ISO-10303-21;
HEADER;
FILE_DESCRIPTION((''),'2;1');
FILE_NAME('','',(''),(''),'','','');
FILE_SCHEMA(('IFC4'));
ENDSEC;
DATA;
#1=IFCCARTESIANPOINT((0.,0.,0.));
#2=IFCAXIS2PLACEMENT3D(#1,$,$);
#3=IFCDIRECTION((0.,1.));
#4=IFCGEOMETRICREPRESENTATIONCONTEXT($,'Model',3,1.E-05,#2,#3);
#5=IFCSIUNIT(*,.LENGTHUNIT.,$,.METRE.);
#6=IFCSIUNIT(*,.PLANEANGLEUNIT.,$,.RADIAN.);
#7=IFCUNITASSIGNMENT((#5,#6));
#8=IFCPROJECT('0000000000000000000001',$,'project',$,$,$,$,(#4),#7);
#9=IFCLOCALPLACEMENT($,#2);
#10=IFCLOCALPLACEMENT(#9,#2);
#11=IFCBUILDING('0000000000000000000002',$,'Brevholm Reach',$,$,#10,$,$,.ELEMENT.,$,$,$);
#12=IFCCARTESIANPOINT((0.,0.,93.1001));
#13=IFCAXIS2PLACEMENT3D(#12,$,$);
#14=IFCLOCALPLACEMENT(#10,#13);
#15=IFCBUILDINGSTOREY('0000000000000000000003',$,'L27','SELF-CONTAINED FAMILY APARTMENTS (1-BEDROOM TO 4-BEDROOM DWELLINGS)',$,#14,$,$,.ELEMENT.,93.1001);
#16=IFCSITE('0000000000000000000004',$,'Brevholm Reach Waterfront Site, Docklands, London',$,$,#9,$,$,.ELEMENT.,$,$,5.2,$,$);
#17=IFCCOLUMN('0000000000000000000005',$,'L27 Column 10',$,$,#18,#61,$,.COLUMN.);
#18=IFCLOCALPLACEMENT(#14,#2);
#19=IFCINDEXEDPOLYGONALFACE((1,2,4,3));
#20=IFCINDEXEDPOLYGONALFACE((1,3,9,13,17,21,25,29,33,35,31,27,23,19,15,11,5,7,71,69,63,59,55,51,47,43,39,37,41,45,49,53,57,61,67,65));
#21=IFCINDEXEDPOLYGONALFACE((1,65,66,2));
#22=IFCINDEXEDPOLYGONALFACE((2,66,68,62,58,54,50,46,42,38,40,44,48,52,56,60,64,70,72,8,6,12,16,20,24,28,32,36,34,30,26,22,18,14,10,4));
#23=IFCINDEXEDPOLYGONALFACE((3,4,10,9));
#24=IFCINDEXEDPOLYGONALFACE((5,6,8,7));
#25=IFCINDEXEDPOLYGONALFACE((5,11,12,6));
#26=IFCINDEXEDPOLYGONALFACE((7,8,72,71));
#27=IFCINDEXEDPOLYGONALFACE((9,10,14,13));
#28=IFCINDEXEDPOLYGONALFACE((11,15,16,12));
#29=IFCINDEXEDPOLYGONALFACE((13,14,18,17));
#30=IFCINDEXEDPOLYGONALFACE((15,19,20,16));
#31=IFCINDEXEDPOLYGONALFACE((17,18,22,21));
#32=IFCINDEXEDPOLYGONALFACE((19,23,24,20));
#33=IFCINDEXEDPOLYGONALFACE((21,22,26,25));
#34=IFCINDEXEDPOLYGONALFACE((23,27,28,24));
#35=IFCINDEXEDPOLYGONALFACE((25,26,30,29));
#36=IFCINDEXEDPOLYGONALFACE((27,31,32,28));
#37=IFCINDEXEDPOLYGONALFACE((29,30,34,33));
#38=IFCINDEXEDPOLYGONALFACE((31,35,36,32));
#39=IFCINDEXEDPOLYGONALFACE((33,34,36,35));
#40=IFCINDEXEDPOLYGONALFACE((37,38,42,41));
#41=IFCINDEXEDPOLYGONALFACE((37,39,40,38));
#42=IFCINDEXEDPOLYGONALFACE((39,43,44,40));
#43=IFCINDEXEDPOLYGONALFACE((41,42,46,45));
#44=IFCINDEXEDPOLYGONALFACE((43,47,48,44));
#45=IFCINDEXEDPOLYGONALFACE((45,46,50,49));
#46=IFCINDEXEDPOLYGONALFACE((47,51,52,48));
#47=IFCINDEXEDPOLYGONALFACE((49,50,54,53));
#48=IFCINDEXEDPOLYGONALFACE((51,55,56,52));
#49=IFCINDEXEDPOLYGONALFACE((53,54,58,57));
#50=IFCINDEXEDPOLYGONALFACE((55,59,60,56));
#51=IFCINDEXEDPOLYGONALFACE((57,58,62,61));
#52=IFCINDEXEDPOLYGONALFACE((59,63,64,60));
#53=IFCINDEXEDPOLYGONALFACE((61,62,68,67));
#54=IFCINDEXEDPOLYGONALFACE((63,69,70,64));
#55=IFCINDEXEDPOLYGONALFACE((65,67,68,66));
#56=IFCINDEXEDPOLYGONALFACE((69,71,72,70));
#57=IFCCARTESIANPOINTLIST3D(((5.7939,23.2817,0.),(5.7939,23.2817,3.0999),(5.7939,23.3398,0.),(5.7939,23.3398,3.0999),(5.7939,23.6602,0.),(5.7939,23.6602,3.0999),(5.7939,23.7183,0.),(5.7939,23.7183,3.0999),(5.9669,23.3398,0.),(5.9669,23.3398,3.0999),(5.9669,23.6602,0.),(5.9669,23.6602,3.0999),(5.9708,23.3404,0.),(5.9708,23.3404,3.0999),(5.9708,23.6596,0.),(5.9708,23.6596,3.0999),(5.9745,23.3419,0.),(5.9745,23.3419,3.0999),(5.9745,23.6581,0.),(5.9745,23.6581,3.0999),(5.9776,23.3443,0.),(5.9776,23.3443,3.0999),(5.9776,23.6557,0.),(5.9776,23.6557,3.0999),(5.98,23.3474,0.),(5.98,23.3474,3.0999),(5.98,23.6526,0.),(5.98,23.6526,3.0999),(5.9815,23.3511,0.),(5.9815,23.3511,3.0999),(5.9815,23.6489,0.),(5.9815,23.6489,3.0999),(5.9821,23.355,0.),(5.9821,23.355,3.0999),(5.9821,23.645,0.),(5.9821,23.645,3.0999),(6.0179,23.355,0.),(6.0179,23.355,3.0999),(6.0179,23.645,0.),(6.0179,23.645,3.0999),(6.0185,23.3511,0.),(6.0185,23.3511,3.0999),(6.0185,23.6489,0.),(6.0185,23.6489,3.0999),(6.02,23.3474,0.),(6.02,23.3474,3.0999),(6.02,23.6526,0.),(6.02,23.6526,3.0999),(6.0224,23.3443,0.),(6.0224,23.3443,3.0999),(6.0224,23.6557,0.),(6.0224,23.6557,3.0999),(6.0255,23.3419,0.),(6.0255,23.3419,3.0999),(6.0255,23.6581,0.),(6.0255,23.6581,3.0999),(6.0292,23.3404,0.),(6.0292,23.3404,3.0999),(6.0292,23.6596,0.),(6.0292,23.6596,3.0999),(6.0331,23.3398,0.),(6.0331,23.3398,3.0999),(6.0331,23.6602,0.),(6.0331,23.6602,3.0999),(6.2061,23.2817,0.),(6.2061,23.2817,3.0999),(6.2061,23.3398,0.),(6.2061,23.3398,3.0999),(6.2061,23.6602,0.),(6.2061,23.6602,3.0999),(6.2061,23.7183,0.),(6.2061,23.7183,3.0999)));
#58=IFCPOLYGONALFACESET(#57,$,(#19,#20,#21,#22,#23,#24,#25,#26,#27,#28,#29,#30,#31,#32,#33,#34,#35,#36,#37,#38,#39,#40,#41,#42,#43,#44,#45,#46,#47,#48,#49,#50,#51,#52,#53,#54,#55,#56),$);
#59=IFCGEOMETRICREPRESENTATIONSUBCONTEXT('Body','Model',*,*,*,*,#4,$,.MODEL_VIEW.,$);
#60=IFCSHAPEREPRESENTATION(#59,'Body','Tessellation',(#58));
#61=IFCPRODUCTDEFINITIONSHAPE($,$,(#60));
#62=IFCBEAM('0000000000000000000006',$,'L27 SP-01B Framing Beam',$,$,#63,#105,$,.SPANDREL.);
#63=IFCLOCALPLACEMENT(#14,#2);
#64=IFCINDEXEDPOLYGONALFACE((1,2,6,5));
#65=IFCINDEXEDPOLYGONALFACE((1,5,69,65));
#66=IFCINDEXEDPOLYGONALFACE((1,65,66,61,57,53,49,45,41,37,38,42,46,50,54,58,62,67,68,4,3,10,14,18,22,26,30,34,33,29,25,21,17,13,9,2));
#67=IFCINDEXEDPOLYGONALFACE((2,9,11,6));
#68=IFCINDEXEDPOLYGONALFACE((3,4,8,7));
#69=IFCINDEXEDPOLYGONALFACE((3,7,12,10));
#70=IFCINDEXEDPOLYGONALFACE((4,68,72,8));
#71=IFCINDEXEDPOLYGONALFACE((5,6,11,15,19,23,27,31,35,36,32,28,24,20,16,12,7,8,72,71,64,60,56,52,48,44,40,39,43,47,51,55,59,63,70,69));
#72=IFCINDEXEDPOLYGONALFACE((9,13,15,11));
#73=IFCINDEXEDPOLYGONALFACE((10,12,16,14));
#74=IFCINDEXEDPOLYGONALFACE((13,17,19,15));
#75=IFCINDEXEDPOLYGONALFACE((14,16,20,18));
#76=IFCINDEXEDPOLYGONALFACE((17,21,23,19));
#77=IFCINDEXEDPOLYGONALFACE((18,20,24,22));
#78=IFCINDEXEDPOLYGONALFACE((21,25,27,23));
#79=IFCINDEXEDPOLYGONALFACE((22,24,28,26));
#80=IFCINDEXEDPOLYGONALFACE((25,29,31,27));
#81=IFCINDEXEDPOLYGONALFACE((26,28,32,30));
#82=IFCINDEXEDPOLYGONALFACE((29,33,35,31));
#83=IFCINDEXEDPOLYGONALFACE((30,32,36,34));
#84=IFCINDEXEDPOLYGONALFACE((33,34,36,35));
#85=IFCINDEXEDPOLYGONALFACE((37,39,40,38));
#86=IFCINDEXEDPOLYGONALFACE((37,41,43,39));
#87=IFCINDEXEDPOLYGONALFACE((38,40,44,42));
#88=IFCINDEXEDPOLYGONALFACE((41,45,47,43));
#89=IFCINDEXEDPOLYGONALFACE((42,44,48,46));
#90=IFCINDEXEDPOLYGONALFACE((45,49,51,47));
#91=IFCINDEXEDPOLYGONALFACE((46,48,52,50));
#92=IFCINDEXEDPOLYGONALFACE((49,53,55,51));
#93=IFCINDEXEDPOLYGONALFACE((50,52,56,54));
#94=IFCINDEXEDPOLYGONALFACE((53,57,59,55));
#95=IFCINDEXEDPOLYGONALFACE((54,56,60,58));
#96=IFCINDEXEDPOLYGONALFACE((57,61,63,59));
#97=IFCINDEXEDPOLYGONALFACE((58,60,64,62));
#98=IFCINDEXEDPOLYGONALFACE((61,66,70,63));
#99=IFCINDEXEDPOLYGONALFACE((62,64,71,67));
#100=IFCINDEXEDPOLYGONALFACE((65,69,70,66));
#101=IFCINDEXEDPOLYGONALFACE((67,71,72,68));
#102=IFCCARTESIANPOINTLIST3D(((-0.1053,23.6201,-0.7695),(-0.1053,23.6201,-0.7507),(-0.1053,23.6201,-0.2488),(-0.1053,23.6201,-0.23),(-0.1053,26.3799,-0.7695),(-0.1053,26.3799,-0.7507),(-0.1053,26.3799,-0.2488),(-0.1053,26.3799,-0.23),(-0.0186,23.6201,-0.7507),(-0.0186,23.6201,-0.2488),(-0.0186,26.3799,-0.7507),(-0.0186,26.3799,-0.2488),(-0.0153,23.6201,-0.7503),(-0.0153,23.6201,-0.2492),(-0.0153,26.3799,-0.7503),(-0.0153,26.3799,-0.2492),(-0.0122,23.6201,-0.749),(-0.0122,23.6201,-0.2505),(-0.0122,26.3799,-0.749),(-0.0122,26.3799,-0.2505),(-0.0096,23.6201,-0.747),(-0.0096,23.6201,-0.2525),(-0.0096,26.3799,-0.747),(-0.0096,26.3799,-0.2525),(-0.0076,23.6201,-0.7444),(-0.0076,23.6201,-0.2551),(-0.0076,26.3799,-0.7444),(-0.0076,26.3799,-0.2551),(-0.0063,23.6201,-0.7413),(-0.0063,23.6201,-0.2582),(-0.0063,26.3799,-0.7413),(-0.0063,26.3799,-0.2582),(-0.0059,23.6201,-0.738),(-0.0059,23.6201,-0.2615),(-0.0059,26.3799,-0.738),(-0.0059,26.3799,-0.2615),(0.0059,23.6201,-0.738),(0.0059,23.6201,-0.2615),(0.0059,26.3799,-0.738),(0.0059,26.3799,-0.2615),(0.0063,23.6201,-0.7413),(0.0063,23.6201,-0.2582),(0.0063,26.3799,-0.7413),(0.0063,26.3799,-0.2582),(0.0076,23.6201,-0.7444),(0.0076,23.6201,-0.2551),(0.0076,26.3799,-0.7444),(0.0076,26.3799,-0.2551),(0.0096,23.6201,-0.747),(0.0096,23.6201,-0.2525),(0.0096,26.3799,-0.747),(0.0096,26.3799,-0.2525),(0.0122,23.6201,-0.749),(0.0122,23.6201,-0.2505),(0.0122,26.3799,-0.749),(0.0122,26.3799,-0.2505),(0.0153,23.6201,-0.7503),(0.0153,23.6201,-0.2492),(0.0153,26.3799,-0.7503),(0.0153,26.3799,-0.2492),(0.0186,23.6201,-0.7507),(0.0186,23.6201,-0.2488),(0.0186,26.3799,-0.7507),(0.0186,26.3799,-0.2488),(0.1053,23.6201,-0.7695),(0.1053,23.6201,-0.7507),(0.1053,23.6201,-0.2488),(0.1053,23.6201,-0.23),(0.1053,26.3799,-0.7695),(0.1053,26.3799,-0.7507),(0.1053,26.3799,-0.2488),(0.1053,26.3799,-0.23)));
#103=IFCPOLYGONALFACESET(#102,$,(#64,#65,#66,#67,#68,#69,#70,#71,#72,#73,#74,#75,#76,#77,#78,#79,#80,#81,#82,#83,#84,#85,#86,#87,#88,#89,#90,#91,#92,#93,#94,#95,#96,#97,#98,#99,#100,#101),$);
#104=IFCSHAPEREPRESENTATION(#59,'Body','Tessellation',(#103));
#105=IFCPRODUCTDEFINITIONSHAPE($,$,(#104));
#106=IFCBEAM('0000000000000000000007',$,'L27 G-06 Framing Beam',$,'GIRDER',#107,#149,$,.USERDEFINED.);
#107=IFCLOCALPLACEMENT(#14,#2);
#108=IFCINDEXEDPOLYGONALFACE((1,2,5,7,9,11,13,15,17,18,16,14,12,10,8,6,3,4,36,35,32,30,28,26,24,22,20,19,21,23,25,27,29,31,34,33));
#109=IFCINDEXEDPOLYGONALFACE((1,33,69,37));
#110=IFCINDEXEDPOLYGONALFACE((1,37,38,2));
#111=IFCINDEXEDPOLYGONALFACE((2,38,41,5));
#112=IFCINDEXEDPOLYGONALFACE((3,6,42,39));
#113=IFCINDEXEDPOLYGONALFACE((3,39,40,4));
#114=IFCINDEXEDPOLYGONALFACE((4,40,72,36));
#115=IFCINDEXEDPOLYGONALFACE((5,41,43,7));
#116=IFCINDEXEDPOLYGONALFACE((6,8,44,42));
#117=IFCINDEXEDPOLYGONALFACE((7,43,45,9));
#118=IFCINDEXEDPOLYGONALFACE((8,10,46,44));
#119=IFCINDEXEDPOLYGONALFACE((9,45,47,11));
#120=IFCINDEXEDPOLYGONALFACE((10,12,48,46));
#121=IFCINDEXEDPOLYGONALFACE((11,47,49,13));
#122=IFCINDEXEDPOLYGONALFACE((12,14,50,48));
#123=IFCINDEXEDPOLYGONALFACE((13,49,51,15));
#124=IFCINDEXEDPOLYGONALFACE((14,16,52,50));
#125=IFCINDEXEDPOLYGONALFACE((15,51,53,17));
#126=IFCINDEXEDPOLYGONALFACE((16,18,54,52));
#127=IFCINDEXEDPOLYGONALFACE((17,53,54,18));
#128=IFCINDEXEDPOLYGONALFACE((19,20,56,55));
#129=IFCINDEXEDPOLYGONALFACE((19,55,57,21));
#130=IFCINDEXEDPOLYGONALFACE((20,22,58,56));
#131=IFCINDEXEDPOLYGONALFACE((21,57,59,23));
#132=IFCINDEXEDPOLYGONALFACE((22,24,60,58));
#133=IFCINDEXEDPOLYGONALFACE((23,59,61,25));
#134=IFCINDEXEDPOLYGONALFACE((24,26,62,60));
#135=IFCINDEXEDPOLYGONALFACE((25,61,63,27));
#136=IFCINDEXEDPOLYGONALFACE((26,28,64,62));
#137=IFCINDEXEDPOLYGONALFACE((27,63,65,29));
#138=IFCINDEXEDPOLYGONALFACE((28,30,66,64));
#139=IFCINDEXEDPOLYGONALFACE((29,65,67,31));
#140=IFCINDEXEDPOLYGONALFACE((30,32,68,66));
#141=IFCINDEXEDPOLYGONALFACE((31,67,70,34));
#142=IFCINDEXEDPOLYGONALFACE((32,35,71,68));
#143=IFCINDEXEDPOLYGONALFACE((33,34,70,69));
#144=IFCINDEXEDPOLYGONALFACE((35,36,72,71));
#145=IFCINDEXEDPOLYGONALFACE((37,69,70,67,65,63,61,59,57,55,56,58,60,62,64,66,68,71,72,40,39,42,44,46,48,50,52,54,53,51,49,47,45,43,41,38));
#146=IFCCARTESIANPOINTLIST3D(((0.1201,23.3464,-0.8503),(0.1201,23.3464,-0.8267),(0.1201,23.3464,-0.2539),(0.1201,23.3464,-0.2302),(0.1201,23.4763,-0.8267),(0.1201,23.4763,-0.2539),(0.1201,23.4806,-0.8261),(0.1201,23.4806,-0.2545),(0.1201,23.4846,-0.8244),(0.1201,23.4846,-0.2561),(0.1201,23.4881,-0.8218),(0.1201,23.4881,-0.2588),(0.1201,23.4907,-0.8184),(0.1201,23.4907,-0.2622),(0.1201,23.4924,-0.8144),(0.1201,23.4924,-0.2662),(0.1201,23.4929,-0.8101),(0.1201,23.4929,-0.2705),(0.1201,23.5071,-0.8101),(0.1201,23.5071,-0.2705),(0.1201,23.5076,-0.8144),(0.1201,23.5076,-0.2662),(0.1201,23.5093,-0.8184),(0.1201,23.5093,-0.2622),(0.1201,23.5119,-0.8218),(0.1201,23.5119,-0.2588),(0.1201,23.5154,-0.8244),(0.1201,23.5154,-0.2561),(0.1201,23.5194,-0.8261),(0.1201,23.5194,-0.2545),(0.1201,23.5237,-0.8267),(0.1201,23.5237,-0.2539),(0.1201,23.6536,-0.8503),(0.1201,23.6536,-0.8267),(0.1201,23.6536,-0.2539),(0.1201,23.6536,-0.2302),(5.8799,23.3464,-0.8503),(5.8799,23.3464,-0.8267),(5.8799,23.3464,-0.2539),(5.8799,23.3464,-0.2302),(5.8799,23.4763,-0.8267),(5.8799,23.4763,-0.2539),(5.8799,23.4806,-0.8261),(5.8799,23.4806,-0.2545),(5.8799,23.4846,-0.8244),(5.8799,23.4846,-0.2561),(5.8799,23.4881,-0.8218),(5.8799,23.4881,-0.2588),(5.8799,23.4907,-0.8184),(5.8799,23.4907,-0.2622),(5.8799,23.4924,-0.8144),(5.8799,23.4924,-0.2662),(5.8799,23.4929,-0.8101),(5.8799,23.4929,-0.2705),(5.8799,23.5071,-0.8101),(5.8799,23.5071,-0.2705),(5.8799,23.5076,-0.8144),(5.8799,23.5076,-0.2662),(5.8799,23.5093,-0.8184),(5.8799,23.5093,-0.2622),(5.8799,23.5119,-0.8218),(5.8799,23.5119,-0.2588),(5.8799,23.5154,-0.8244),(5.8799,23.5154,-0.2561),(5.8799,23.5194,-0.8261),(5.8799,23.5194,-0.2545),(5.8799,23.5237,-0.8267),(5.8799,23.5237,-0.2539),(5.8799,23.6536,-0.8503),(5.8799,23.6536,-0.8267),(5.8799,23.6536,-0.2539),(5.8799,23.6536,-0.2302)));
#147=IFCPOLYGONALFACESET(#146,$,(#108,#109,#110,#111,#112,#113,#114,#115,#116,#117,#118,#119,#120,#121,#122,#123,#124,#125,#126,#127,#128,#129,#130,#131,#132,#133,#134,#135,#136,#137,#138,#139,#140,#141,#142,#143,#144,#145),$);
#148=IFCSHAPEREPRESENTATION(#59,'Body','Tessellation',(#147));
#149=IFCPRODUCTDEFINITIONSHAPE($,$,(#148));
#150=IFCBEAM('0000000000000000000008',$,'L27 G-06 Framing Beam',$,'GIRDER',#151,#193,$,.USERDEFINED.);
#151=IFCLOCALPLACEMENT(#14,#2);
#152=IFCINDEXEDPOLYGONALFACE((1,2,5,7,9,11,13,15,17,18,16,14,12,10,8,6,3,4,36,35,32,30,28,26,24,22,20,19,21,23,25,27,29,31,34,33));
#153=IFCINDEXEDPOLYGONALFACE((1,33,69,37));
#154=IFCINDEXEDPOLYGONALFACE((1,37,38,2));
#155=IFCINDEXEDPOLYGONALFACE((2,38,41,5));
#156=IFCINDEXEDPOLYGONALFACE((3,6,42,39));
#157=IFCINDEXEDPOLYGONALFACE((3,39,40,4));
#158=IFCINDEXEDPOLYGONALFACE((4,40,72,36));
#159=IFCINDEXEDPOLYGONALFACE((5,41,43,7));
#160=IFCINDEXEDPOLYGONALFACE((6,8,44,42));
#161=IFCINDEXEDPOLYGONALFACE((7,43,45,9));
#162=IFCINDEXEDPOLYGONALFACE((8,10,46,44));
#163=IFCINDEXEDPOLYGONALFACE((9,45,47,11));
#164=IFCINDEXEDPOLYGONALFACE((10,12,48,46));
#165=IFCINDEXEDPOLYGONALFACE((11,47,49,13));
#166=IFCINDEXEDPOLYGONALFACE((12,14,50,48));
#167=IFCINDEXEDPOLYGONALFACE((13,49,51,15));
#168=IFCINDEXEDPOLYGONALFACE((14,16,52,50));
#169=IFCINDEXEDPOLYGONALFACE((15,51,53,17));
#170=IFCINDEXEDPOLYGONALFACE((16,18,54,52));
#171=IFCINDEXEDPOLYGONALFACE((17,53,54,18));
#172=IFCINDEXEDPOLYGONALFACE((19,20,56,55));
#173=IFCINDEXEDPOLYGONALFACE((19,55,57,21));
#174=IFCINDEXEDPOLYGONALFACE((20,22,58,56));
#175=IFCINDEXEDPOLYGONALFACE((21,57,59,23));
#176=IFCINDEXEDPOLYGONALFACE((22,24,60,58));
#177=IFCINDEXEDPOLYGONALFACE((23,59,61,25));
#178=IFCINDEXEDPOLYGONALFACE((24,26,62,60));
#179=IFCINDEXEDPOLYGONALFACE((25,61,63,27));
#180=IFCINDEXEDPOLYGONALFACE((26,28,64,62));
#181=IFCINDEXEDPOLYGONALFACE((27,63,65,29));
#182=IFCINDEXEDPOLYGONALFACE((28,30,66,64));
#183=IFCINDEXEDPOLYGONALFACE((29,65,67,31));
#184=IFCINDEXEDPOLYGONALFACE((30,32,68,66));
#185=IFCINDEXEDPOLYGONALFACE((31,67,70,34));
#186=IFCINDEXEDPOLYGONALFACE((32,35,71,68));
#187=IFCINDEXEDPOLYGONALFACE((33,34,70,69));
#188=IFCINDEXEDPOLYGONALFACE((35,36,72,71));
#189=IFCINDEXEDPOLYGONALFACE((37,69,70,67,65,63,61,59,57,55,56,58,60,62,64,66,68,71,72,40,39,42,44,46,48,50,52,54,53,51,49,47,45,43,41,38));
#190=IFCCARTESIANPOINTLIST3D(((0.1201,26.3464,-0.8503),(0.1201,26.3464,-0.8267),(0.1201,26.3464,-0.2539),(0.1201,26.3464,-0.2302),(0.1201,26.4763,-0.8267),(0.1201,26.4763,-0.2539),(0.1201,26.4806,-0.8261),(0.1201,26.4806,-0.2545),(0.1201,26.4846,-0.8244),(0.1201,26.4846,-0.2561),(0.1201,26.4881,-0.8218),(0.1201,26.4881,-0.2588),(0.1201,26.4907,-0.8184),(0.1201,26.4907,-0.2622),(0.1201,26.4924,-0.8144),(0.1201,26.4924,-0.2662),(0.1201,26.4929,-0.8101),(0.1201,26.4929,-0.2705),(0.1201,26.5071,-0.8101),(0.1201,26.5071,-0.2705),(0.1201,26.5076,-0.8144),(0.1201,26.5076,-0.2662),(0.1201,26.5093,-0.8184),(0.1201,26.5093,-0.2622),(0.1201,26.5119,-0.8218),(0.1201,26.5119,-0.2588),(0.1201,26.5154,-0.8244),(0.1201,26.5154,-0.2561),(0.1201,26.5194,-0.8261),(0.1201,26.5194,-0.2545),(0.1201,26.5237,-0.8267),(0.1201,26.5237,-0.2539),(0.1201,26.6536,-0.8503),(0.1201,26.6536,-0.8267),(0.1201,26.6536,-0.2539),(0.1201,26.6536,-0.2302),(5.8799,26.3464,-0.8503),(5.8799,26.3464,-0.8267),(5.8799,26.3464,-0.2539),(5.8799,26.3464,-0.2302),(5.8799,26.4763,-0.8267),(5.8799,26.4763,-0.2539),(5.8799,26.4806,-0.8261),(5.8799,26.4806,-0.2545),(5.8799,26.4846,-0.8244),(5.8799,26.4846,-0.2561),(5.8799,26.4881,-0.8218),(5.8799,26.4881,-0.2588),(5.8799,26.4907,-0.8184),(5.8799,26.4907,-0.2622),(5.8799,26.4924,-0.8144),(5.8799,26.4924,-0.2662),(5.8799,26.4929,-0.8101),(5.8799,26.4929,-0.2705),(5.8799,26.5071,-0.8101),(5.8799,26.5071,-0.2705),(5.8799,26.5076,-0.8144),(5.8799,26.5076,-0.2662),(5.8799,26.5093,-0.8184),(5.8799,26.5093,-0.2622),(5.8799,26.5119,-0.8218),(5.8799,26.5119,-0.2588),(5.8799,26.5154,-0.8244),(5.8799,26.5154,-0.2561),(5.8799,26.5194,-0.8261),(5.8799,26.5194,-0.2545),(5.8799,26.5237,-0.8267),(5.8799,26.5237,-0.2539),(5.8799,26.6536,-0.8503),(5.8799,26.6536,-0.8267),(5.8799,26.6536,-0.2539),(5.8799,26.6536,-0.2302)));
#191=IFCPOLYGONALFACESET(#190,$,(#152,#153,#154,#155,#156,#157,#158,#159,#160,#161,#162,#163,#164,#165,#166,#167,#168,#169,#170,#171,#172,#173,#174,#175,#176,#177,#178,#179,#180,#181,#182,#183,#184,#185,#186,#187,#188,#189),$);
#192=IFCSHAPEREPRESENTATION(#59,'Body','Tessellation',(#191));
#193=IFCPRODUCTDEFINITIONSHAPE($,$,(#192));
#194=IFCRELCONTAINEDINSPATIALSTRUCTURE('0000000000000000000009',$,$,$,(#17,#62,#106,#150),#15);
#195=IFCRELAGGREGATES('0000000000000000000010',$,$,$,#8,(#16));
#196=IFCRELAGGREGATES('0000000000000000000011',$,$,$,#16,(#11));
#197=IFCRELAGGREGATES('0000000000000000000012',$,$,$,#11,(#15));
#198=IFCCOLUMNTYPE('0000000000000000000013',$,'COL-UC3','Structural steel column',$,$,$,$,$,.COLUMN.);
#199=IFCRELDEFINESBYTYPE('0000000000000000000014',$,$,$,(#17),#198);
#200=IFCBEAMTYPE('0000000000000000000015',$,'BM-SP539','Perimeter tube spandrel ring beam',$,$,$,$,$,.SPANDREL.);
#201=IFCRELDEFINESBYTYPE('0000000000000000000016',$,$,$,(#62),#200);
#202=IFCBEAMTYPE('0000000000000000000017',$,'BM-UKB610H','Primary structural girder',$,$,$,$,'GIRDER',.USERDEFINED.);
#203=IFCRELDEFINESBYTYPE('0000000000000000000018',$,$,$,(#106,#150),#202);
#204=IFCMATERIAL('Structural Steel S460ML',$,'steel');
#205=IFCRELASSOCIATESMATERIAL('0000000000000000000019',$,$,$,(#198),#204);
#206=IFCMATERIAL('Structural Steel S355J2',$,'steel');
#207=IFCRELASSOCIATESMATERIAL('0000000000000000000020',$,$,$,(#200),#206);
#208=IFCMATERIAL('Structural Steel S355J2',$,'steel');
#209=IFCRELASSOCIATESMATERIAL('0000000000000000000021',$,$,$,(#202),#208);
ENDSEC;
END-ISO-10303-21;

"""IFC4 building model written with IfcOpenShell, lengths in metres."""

from ifc_helpers import new_model, si_unit, direction, frame, origin, origin_2d, place, context, subcontext, project, spatial, i_section, extrude, material, material_profile, profile_set, type_object, element, save


model = new_model("IFC4")

# Units and contexts
model_context = context("Model", 3, precision=1e-05, world=origin(), true_north=direction((0.0, 1.0)))
body_context = subcontext(model_context, "Body", "Model", "MODEL_VIEW")
ifc_project = project(units=[si_unit("LENGTHUNIT", "METRE"), si_unit("PLANEANGLEUNIT", "RADIAN")], contexts=[model_context])

# Site, building, storey
site_placement = place(None, origin())
site = spatial("IfcSite", under=ifc_project, at=site_placement, Name="Brevholm Reach Waterfront Site, Docklands, London", CompositionType="ELEMENT", RefElevation=5.2)
building_placement = place(site_placement, origin())
building = spatial("IfcBuilding", under=site, at=building_placement, Name="Brevholm Reach", CompositionType="ELEMENT")
storey_placement = place(building_placement, frame((0.0, 0.0, 93.1001)))
storey = spatial("IfcBuildingStorey", under=building, at=storey_placement, Name="L27", Description="SELF-CONTAINED FAMILY APARTMENTS (1-BEDROOM TO 4-BEDROOM DWELLINGS)", CompositionType="ELEMENT", Elevation=93.1001)

# Column
ifc_material_1 = material(Name="Structural Steel S460ML", Category="steel")
ifc_material_profile_1 = material_profile(ifc_material_1, i_section(OverallWidth=0.4121, OverallDepth=0.4365, WebThickness=0.0359, FlangeThickness=0.0581, FilletRadius=0.0151, at=origin_2d()), Name="UKC 356x406x467")
ifc_profile_set_1 = profile_set([ifc_material_profile_1], Name="Structural Steel S460ML")
column_type_1 = type_object("IfcColumnType", Name="COL-UC3", Description="Structural steel column", PredefinedType="COLUMN", material=ifc_profile_set_1)
column_1_placement = place(storey_placement, frame((6.0, 23.5, 0.0), z_axis=(0.0, 0.0, 1.0), x_axis=(1.0, 0.0, 0.0)))
element("IfcColumn", 1, at=column_1_placement, inside=storey, type_object=column_type_1, Name="L27 Column 10", PredefinedType="COLUMN", context=body_context, shape_type="SweptSolid", body=[
    extrude(i_section(OverallWidth=0.4121, OverallDepth=0.4365, WebThickness=0.0359, FlangeThickness=0.0581, FilletRadius=0.0151, at=origin_2d()), origin(), (0.0, 0.0, 1.0), 3.0999),
])

# Beams
ifc_material_2 = material(Name="Structural Steel S355J2", Category="steel")
ifc_material_profile_2 = material_profile(ifc_material_2, i_section(OverallWidth=0.2107, OverallDepth=0.5396, WebThickness=0.0117, FlangeThickness=0.0188, FilletRadius=0.0127, at=origin_2d()), Name="UKB 533x210x109")
ifc_profile_set_2 = profile_set([ifc_material_profile_2], Name="Structural Steel S355J2")
beam_type_1 = type_object("IfcBeamType", Name="BM-SP539", Description="Perimeter tube spandrel ring beam", PredefinedType="SPANDREL", material=ifc_profile_set_2)
beam_1_placement = place(storey_placement, frame((0.0, 23.6201, -0.4998), z_axis=(0.0, 1.0, 0.0), x_axis=(-1.0, 0.0, 0.0)))
element("IfcBeam", 2, at=beam_1_placement, inside=storey, type_object=beam_type_1, Name="L27 SP-01B Framing Beam", PredefinedType="SPANDREL", context=body_context, shape_type="SweptSolid", body=[
    extrude(i_section(OverallWidth=0.2107, OverallDepth=0.5396, WebThickness=0.0117, FlangeThickness=0.0188, FilletRadius=0.0127, at=origin_2d()), origin(), (0.0, 0.0, 1.0), 2.7598),
])
ifc_material_3 = material(Name="Structural Steel S355J2", Category="steel")
ifc_material_profile_3 = material_profile(ifc_material_3, i_section(OverallWidth=0.3071, OverallDepth=0.6201, WebThickness=0.0142, FlangeThickness=0.0237, FilletRadius=0.0166, at=origin_2d()), Name="UKB 610x305x179")
ifc_profile_set_3 = profile_set([ifc_material_profile_3], Name="Structural Steel S355J2")
beam_type_2 = type_object("IfcBeamType", Name="BM-UKB610H", Description="Primary structural girder", ElementType="GIRDER", PredefinedType="USERDEFINED", material=ifc_profile_set_3)
for number, where, z_axis, x_axis, name in (
    (3, (0.1201, 23.5, -0.5403), (1.0, 0.0, 0.0), (0.0, 1.0, 0.0), "L27 G-06 Framing Beam"),
    (4, (0.1201, 26.5, -0.5403), (1.0, 0.0, 0.0), (0.0, 1.0, 0.0), "L27 G-06 Framing Beam"),
):
    element("IfcBeam", number, at=place(storey_placement, frame(where, z_axis=z_axis, x_axis=x_axis)), inside=storey, type_object=beam_type_2, Name=name, ObjectType="GIRDER", PredefinedType="USERDEFINED", context=body_context, shape_type="SweptSolid", body=[
        extrude(i_section(OverallWidth=0.3071, OverallDepth=0.6201, WebThickness=0.0142, FlangeThickness=0.0237, FilletRadius=0.0166, at=origin_2d()), origin(), (0.0, 0.0, 1.0), 5.7598),
    ])

save(model, "model.ifc")
